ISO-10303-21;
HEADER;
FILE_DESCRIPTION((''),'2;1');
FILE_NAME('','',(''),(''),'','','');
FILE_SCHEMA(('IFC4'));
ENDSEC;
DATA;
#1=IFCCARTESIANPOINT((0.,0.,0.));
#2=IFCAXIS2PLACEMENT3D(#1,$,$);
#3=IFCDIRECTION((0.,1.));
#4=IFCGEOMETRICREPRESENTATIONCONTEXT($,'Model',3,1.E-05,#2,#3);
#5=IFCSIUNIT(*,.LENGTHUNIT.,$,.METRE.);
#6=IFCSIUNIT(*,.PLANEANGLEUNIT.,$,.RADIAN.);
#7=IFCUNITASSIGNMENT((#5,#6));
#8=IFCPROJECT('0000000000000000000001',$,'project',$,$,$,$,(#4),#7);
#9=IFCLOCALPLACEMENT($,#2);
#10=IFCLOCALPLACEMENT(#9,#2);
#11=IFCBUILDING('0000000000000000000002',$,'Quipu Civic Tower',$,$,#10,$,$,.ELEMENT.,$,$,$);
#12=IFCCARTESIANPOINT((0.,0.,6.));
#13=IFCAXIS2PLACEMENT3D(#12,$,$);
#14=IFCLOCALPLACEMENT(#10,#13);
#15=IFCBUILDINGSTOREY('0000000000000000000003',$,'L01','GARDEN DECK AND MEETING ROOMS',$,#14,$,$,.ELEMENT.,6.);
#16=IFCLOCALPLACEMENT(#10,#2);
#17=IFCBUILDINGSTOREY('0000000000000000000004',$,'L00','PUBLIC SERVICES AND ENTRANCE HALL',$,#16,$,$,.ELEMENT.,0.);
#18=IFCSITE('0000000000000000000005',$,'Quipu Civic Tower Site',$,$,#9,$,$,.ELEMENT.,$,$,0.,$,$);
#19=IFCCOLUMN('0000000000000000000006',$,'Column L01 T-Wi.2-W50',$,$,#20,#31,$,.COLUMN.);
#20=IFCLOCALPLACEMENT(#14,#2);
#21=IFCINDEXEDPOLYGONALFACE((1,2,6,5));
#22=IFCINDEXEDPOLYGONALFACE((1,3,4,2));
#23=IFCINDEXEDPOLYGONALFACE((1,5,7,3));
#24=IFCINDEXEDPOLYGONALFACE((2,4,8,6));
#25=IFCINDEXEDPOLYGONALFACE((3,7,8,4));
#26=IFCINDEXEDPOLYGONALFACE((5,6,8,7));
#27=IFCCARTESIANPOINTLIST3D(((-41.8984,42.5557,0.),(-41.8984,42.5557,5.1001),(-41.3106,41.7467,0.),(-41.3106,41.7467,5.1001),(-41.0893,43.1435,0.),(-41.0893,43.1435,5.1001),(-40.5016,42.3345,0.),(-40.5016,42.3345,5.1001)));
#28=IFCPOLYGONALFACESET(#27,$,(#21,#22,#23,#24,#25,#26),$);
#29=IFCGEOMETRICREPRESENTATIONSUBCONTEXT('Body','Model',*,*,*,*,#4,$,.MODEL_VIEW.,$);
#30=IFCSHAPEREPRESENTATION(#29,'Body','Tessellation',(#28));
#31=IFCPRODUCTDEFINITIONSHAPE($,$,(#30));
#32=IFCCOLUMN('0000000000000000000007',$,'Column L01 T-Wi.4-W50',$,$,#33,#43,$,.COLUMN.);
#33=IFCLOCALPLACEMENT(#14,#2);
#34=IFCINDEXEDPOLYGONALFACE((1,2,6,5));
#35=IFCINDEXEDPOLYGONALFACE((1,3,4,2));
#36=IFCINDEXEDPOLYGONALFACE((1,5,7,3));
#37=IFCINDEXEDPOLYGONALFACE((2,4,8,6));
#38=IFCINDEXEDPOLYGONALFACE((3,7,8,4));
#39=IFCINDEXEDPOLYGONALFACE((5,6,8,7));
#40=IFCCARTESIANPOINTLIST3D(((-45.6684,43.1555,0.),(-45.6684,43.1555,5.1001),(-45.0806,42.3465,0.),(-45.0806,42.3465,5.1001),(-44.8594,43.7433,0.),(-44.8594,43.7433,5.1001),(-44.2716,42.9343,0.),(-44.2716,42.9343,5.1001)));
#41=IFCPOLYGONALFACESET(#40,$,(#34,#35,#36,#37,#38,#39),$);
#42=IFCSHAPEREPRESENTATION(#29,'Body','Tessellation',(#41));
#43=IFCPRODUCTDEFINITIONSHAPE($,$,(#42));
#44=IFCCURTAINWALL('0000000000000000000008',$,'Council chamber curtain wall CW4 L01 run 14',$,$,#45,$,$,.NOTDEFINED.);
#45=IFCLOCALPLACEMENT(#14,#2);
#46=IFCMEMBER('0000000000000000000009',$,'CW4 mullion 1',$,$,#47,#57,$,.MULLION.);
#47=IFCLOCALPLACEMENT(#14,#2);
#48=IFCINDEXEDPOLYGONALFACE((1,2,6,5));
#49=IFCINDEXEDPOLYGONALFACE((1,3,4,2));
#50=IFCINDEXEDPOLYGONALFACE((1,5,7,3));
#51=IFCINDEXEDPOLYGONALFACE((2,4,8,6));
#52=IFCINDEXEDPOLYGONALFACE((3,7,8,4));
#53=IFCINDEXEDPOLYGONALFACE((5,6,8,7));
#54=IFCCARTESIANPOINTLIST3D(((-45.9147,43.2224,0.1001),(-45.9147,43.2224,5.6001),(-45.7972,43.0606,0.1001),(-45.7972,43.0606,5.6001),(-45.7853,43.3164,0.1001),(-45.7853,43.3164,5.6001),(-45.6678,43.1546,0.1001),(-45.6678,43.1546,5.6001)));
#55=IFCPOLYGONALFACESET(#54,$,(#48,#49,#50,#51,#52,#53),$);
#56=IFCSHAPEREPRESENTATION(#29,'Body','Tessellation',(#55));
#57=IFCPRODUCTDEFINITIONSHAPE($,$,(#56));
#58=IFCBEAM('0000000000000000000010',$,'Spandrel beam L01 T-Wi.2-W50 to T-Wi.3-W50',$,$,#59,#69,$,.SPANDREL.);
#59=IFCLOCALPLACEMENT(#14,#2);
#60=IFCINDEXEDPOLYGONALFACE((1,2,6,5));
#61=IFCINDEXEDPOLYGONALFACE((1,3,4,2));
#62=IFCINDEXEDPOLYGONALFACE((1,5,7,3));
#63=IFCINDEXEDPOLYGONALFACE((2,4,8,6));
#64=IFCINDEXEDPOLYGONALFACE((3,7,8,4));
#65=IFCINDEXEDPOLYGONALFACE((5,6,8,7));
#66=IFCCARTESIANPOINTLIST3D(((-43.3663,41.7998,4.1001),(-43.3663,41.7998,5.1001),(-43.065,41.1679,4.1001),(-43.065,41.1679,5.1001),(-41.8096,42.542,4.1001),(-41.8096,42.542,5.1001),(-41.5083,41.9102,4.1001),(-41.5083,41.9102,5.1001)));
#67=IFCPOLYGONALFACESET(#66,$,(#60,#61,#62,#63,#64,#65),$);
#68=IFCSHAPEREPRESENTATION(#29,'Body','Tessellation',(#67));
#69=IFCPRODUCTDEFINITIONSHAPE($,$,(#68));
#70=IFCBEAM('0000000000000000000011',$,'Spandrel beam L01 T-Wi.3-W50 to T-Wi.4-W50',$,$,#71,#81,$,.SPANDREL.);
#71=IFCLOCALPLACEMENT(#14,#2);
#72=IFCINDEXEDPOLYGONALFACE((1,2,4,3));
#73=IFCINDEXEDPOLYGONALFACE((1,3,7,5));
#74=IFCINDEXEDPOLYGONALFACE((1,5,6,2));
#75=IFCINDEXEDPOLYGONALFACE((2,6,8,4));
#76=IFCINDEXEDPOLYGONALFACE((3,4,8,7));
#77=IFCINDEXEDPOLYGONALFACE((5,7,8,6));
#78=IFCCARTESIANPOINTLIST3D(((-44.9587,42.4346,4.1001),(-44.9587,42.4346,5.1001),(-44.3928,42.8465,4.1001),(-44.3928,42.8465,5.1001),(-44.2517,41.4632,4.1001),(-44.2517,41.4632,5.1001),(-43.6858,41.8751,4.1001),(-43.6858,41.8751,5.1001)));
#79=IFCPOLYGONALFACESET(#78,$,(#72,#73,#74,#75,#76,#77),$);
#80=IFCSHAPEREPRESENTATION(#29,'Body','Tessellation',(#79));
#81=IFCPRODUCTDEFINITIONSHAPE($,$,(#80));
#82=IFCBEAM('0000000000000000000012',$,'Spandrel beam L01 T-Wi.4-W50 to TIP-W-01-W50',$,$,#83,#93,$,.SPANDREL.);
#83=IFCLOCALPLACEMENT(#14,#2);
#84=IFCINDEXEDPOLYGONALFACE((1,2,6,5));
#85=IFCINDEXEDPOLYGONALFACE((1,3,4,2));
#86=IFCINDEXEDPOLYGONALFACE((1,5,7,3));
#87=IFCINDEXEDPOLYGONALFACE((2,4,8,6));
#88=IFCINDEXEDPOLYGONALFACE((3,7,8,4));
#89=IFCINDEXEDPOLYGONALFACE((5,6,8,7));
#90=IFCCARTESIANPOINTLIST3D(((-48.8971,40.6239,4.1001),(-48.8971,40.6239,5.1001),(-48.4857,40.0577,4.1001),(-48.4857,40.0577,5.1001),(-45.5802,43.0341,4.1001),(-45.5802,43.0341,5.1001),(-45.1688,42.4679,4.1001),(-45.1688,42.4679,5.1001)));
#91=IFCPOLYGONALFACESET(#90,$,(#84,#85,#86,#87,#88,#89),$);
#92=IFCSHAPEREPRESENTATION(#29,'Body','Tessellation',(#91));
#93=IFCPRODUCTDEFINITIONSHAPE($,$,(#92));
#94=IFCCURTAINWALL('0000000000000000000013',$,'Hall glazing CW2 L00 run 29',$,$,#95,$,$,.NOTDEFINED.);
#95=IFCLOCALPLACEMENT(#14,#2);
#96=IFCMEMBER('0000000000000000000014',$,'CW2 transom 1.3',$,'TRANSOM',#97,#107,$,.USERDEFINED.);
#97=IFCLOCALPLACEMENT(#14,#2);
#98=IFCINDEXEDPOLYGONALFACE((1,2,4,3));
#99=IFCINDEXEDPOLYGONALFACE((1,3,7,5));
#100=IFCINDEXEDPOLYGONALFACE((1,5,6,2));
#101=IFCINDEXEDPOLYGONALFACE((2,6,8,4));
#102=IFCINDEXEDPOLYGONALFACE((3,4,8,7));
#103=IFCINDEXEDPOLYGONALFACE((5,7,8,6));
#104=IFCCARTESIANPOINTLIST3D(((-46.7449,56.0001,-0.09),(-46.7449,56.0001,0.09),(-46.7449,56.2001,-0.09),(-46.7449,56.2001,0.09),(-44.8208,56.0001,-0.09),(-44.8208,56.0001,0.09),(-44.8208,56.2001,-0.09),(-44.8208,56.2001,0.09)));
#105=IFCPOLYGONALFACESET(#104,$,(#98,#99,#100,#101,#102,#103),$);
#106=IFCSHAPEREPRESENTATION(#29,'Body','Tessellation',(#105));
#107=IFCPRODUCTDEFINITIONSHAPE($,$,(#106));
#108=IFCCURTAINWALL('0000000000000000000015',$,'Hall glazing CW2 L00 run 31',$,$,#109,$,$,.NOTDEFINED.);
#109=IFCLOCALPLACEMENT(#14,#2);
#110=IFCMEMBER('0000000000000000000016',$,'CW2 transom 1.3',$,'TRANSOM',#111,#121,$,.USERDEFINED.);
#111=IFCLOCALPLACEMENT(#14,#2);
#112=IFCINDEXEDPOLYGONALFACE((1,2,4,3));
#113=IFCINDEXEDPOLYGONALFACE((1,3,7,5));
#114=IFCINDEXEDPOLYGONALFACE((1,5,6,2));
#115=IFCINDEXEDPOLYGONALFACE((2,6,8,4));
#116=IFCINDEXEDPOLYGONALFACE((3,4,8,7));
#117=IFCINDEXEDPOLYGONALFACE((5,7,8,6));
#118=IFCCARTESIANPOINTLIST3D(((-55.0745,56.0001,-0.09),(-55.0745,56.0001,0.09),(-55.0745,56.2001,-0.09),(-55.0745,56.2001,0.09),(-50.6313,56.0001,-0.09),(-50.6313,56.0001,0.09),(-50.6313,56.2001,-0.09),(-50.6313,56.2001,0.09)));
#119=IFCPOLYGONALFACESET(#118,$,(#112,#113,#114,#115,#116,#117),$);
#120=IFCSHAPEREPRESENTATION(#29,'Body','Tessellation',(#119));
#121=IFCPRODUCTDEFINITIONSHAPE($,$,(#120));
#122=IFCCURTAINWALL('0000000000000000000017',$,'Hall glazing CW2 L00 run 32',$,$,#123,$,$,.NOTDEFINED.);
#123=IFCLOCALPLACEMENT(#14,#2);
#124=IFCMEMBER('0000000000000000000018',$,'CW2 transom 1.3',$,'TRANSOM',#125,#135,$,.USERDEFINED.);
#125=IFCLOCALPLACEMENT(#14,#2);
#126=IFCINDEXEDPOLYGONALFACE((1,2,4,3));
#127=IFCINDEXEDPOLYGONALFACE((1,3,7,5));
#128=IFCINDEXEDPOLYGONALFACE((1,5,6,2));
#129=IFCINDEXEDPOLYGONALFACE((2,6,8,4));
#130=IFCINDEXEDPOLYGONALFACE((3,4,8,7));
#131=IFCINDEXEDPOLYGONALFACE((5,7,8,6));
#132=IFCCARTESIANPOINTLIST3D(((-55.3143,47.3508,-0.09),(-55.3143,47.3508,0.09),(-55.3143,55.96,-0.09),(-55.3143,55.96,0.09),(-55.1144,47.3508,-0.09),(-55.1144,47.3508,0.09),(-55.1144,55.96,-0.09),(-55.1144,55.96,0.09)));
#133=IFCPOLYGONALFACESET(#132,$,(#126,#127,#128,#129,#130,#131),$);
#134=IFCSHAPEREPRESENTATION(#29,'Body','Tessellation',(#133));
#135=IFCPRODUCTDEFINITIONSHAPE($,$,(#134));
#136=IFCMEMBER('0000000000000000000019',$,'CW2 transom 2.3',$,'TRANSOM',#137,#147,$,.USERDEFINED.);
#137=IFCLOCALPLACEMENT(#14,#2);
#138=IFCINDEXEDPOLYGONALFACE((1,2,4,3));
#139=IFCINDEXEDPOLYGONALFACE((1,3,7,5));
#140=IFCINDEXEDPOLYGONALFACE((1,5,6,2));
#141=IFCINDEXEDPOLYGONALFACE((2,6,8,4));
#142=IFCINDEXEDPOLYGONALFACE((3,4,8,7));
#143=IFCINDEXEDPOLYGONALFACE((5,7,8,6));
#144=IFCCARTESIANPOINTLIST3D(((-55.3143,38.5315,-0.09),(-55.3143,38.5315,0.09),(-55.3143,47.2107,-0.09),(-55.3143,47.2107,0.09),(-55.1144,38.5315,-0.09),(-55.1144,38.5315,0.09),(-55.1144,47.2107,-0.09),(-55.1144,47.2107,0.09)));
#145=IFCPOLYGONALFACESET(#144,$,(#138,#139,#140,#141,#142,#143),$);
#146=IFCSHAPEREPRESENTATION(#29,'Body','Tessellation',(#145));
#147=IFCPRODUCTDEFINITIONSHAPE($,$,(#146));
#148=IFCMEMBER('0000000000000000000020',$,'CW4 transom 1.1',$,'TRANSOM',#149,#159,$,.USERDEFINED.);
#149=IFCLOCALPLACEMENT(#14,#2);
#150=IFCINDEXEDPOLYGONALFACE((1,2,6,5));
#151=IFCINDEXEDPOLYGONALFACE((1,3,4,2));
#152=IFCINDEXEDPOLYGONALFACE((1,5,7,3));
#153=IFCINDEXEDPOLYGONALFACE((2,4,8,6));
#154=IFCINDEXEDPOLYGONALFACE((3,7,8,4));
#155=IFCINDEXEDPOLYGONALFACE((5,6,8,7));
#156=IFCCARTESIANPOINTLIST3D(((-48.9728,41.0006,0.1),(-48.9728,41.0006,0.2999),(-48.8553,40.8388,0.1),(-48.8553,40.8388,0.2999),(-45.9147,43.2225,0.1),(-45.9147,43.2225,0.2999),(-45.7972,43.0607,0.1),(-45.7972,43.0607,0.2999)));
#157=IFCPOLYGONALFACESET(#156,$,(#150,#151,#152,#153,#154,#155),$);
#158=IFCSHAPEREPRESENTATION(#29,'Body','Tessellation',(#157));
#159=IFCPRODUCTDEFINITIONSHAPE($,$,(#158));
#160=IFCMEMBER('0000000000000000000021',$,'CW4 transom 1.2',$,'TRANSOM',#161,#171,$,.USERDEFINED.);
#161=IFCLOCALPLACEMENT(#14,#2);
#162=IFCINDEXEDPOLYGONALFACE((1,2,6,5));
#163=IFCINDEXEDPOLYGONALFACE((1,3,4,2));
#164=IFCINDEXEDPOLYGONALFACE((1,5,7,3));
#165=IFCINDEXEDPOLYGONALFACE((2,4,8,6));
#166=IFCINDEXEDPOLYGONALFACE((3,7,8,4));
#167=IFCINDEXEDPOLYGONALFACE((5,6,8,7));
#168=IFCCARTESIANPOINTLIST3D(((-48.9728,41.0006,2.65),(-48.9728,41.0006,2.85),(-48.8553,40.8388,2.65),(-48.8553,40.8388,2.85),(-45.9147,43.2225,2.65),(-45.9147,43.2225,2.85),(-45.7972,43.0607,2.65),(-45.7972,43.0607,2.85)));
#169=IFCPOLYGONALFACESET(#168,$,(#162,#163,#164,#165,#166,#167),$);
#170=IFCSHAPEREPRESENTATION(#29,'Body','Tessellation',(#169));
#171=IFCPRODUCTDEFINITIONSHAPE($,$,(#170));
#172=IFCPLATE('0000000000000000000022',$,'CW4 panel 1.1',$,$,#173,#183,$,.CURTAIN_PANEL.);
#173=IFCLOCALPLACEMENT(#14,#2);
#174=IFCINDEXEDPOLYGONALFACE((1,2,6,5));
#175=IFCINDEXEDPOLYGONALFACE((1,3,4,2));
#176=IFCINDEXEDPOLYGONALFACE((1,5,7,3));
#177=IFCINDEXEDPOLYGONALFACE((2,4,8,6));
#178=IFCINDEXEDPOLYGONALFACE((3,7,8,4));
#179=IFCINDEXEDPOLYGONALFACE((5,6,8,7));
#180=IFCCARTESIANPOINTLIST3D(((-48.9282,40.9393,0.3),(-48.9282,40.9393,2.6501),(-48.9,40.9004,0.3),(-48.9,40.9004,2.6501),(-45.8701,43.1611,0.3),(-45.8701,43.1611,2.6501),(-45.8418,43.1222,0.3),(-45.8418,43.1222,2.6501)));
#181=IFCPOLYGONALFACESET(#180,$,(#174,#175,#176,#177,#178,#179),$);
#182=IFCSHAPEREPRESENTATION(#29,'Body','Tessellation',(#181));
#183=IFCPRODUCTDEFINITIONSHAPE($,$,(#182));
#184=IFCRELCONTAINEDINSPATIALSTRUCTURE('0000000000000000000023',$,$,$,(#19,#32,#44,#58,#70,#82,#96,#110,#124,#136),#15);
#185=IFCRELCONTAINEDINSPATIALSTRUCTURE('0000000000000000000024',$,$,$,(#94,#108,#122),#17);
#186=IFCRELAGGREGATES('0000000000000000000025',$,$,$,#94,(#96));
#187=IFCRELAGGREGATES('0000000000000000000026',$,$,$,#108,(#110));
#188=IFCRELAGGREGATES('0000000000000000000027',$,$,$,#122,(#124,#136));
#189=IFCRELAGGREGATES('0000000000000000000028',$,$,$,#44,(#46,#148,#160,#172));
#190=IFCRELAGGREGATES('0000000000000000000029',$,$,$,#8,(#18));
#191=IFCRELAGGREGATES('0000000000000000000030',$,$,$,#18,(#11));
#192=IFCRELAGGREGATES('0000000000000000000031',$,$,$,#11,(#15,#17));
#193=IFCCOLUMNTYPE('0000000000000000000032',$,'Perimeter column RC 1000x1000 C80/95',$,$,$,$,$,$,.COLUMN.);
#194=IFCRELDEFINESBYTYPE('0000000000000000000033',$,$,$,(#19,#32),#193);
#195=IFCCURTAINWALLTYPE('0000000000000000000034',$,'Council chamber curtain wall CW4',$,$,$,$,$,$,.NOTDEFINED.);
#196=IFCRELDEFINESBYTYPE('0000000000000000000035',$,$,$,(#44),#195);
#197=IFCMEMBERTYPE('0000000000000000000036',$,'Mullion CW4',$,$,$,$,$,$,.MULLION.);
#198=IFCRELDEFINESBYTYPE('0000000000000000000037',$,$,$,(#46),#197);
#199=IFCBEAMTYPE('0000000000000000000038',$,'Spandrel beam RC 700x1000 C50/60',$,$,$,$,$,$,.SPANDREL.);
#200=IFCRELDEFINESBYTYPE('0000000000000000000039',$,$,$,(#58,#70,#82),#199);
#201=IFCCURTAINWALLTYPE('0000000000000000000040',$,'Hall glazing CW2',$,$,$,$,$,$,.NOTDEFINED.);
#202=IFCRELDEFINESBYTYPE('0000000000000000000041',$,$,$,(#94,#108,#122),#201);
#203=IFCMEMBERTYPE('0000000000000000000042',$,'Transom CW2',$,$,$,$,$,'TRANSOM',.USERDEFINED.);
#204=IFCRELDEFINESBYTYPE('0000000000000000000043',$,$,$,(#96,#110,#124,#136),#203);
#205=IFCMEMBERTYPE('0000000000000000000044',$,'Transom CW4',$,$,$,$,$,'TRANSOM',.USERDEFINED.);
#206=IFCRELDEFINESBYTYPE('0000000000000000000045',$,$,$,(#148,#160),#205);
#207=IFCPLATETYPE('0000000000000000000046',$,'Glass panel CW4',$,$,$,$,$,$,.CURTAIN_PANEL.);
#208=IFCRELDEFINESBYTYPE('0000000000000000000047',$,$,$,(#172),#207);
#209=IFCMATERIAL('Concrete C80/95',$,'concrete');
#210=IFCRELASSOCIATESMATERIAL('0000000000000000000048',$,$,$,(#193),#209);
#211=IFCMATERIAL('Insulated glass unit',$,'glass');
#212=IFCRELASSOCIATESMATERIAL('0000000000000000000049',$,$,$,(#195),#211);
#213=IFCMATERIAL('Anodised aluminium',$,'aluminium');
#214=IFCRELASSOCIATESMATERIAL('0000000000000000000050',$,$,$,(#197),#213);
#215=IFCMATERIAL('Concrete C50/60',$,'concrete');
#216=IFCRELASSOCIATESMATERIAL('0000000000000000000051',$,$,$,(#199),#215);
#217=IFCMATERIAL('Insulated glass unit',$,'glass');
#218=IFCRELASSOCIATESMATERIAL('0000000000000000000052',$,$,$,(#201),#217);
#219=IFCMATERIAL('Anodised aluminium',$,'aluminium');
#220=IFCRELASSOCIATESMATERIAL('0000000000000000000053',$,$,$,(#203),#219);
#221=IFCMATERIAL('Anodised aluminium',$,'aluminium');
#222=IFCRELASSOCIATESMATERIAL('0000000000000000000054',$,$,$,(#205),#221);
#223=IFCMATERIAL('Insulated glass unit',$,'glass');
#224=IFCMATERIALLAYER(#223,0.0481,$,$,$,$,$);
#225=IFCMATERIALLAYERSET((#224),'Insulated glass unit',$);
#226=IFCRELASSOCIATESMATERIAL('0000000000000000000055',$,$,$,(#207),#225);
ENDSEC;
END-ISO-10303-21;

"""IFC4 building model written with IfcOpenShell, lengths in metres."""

from ifc_helpers import new_model, si_unit, direction, frame, origin, origin_2d, place, context, subcontext, project, spatial, rectangle, extrude, material, layer, layer_set, material_profile, profile_set, type_object, element, aggregate, save


model = new_model("IFC4")

# Units and contexts
model_context = context("Model", 3, precision=1e-05, world=origin(), true_north=direction((0.0, 1.0)))
body_context = subcontext(model_context, "Body", "Model", "MODEL_VIEW")
ifc_project = project(units=[si_unit("LENGTHUNIT", "METRE"), si_unit("PLANEANGLEUNIT", "RADIAN")], contexts=[model_context])

# Site, building, storey
site_placement = place(None, origin())
site = spatial("IfcSite", under=ifc_project, at=site_placement, Name="Quipu Civic Tower Site", CompositionType="ELEMENT", RefElevation=0.0)
building_placement = place(site_placement, origin())
building = spatial("IfcBuilding", under=site, at=building_placement, Name="Quipu Civic Tower", CompositionType="ELEMENT")
storey_1_placement = place(building_placement, frame((0.0, 0.0, 6.0)))
storey_1 = spatial("IfcBuildingStorey", under=building, at=storey_1_placement, Name="L01", Description="GARDEN DECK AND MEETING ROOMS", CompositionType="ELEMENT", Elevation=6.0)

# Columns
ifc_material_1 = material(Name="Concrete C80/95", Category="concrete")
ifc_material_profile_1 = material_profile(ifc_material_1, rectangle(XDim=1.0, YDim=1.0, at=origin_2d()), Name="RC1000x1000")
ifc_profile_set_1 = profile_set([ifc_material_profile_1], Name="Concrete C80/95")
column_type = type_object("IfcColumnType", Name="Perimeter column RC 1000x1000 C80/95", PredefinedType="COLUMN", material=ifc_profile_set_1)
for number, where, z_axis, x_axis, name in (
    (1, (-41.2, 42.4451, 0.0), (0.0, 0.0, 1.0), (-0.587785, 0.809017, 0.0), "Column L01 T-Wi.2-W50"),
    (2, (-44.97, 43.0449, 0.0), (0.0, 0.0, 1.0), (-0.809017, -0.587785, 0.0), "Column L01 T-Wi.4-W50"),
):
    element("IfcColumn", number, at=place(storey_1_placement, frame(where, z_axis=z_axis, x_axis=x_axis)), inside=storey_1, type_object=column_type, Name=name, PredefinedType="COLUMN", context=body_context, shape_type="SweptSolid", body=[
        extrude(rectangle(XDim=1.0, YDim=1.0, at=origin_2d()), origin(), (0.0, 0.0, 1.0), 5.1001),
    ])

# Curtain wall, member
ifc_material_2 = material(Name="Insulated glass unit", Category="glass")
curtain_wall_type_1 = type_object("IfcCurtainWallType", Name="Council chamber curtain wall CW4", PredefinedType="NOTDEFINED", material=ifc_material_2)
curtain_wall_1_placement = place(storey_1_placement, origin())
curtain_wall_1 = element("IfcCurtainWall", 3, at=curtain_wall_1_placement, inside=storey_1, type_object=curtain_wall_type_1, Name="Council chamber curtain wall CW4 L01 run 14", PredefinedType="NOTDEFINED")
ifc_material_3 = material(Name="Anodised aluminium", Category="aluminium")
ifc_material_profile_2 = material_profile(ifc_material_3, rectangle(XDim=0.2, YDim=0.1599, at=origin_2d()), Name="RECT 200x160")
ifc_profile_set_2 = profile_set([ifc_material_profile_2], Name="Anodised aluminium")
member_type_1 = type_object("IfcMemberType", Name="Mullion CW4", PredefinedType="MULLION", material=ifc_profile_set_2)
member_1_placement = place(storey_1_placement, frame((-45.7913, 43.1885, 0.1001), z_axis=(0.0, 0.0, 1.0), x_axis=(0.587767, -0.80903, 0.0)))
member_1 = element("IfcMember", 4, at=member_1_placement, type_object=member_type_1, Name="CW4 mullion 1", PredefinedType="MULLION", context=body_context, shape_type="SweptSolid", body=[
    extrude(rectangle(XDim=0.2, YDim=0.1599, at=origin_2d()), origin(), (0.0, 0.0, 1.0), 5.5),
])

# Beams
ifc_material_4 = material(Name="Concrete C50/60", Category="concrete")
ifc_material_profile_3 = material_profile(ifc_material_4, rectangle(XDim=0.7, YDim=1.0, at=origin_2d()), Name="RC700x1000")
ifc_profile_set_3 = profile_set([ifc_material_profile_3], Name="Concrete C50/60")
beam_type = type_object("IfcBeamType", Name="Spandrel beam RC 700x1000 C50/60", PredefinedType="SPANDREL", material=ifc_profile_set_3)
beam_1_placement = place(storey_1_placement, frame((-41.6589, 42.2261, 4.6001), z_axis=(-0.902651, -0.430373, 0.0), x_axis=(0.430373, -0.902651, 0.0)))
element("IfcBeam", 5, at=beam_1_placement, inside=storey_1, type_object=beam_type, Name="Spandrel beam L01 T-Wi.2-W50 to T-Wi.3-W50", PredefinedType="SPANDREL", context=body_context, shape_type="SweptSolid", body=[
    extrude(rectangle(XDim=0.7, YDim=1.0, at=origin_2d()), origin(), (0.0, 0.0, 1.0), 1.7246),
])
beam_2_placement = place(storey_1_placement, frame((-43.9688, 41.6692, 4.6001), z_axis=(-0.588462, 0.808525, 0.0), x_axis=(-0.808525, -0.588462, 0.0)))
element("IfcBeam", 6, at=beam_2_placement, inside=storey_1, type_object=beam_type, Name="Spandrel beam L01 T-Wi.3-W50 to T-Wi.4-W50", PredefinedType="SPANDREL", context=body_context, shape_type="SweptSolid", body=[
    extrude(rectangle(XDim=0.7, YDim=1.0, at=origin_2d()), origin(), (0.0, 0.0, 1.0), 1.2014),
])
beam_3_placement = place(storey_1_placement, frame((-45.3745, 42.751, 4.6001), z_axis=(-0.808983, -0.587832, 0.0), x_axis=(0.587832, -0.808983, 0.0)))
element("IfcBeam", 7, at=beam_3_placement, inside=storey_1, type_object=beam_type, Name="Spandrel beam L01 T-Wi.4-W50 to TIP-W-01-W50", PredefinedType="SPANDREL", context=body_context, shape_type="SweptSolid", body=[
    extrude(rectangle(XDim=0.7, YDim=1.0, at=origin_2d()), origin(), (0.0, 0.0, 1.0), 4.1001),
])

# Shared definitions
storey_2_placement = place(building_placement, origin())
storey_2 = spatial("IfcBuildingStorey", under=building, at=storey_2_placement, Name="L00", Description="PUBLIC SERVICES AND ENTRANCE HALL", CompositionType="ELEMENT", Elevation=0.0)

# Curtain walls, members
ifc_material_5 = material(Name="Insulated glass unit", Category="glass")
curtain_wall_type_2 = type_object("IfcCurtainWallType", Name="Hall glazing CW2", PredefinedType="NOTDEFINED", material=ifc_material_5)
curtain_wall_2_placement = place(storey_2_placement, origin())
curtain_wall_2 = element("IfcCurtainWall", 8, at=curtain_wall_2_placement, inside=storey_2, type_object=curtain_wall_type_2, Name="Hall glazing CW2 L00 run 29", PredefinedType="NOTDEFINED")
ifc_material_6 = material(Name="Anodised aluminium", Category="aluminium")
ifc_material_profile_4 = material_profile(ifc_material_6, rectangle(XDim=0.2, YDim=0.1799, at=origin_2d()), Name="RECT 200x180")
ifc_profile_set_4 = profile_set([ifc_material_profile_4], Name="Anodised aluminium")
member_type_2 = type_object("IfcMemberType", Name="Transom CW2", ElementType="TRANSOM", PredefinedType="USERDEFINED", material=ifc_profile_set_4)
member_2_placement = place(storey_1_placement, frame((-44.8208, 56.1001, 0.0), z_axis=(-1.0, 0.0, 0.0), x_axis=(0.0, -1.0, 0.0)))
member_2 = element("IfcMember", 9, at=member_2_placement, inside=storey_1, type_object=member_type_2, Name="CW2 transom 1.3", ObjectType="TRANSOM", PredefinedType="USERDEFINED", context=body_context, shape_type="SweptSolid", body=[
    extrude(rectangle(XDim=0.2, YDim=0.1799, at=origin_2d()), origin(), (0.0, 0.0, 1.0), 1.9241),
])
aggregate(curtain_wall_2, [member_2])
curtain_wall_3_placement = place(storey_2_placement, origin())
curtain_wall_3 = element("IfcCurtainWall", 10, at=curtain_wall_3_placement, inside=storey_2, type_object=curtain_wall_type_2, Name="Hall glazing CW2 L00 run 31", PredefinedType="NOTDEFINED")
member_3_placement = place(storey_1_placement, frame((-50.6313, 56.1001, 0.0), z_axis=(-1.0, 0.0, 0.0), x_axis=(0.0, -1.0, 0.0)))
member_3 = element("IfcMember", 11, at=member_3_placement, inside=storey_1, type_object=member_type_2, Name="CW2 transom 1.3", ObjectType="TRANSOM", PredefinedType="USERDEFINED", context=body_context, shape_type="SweptSolid", body=[
    extrude(rectangle(XDim=0.2, YDim=0.1799, at=origin_2d()), origin(), (0.0, 0.0, 1.0), 4.4431),
])
aggregate(curtain_wall_3, [member_3])

# Curtain wall, members
curtain_wall_4_placement = place(storey_2_placement, origin())
curtain_wall_4 = element("IfcCurtainWall", 12, at=curtain_wall_4_placement, inside=storey_2, type_object=curtain_wall_type_2, Name="Hall glazing CW2 L00 run 32", PredefinedType="NOTDEFINED")
member_4_placement = place(storey_1_placement, frame((-55.2144, 55.96, 0.0), z_axis=(0.0, -1.0, 0.0), x_axis=(1.0, 0.0, 0.0)))
member_4 = element("IfcMember", 13, at=member_4_placement, inside=storey_1, type_object=member_type_2, Name="CW2 transom 1.3", ObjectType="TRANSOM", PredefinedType="USERDEFINED", context=body_context, shape_type="SweptSolid", body=[
    extrude(rectangle(XDim=0.2, YDim=0.1799, at=origin_2d()), origin(), (0.0, 0.0, 1.0), 8.6091),
])
member_5_placement = place(storey_1_placement, frame((-55.2144, 47.2107, 0.0), z_axis=(0.0, -1.0, 0.0), x_axis=(1.0, 0.0, 0.0)))
member_5 = element("IfcMember", 14, at=member_5_placement, inside=storey_1, type_object=member_type_2, Name="CW2 transom 2.3", ObjectType="TRANSOM", PredefinedType="USERDEFINED", context=body_context, shape_type="SweptSolid", body=[
    extrude(rectangle(XDim=0.2, YDim=0.1799, at=origin_2d()), origin(), (0.0, 0.0, 1.0), 8.6792),
])
aggregate(curtain_wall_4, [member_4, member_5])

# Members
ifc_material_7 = material(Name="Anodised aluminium", Category="aluminium")
ifc_material_profile_5 = material_profile(ifc_material_7, rectangle(XDim=0.2, YDim=0.2, at=origin_2d()), Name="RECT 200x200")
ifc_profile_set_5 = profile_set([ifc_material_profile_5], Name="Anodised aluminium")
member_type_3 = type_object("IfcMemberType", Name="Transom CW4", ElementType="TRANSOM", PredefinedType="USERDEFINED", material=ifc_profile_set_5)
member_6_placement = place(storey_1_placement, frame((-45.856, 43.1416, 0.2), z_axis=(-0.809007, -0.587799, 0.0), x_axis=(0.587799, -0.809007, 0.0)))
member_6 = element("IfcMember", 15, at=member_6_placement, type_object=member_type_3, Name="CW4 transom 1.1", ObjectType="TRANSOM", PredefinedType="USERDEFINED", context=body_context, shape_type="SweptSolid", body=[
    extrude(rectangle(XDim=0.2, YDim=0.2, at=origin_2d()), origin(), (0.0, 0.0, 1.0), 3.78),
])
member_7_placement = place(storey_1_placement, frame((-45.856, 43.1416, 2.75), z_axis=(-0.809007, -0.587799, 0.0), x_axis=(0.587799, -0.809007, 0.0)))
member_7 = element("IfcMember", 16, at=member_7_placement, type_object=member_type_3, Name="CW4 transom 1.2", ObjectType="TRANSOM", PredefinedType="USERDEFINED", context=body_context, shape_type="SweptSolid", body=[
    extrude(rectangle(XDim=0.2, YDim=0.2, at=origin_2d()), origin(), (0.0, 0.0, 1.0), 3.78),
])

# Plate
ifc_material_8 = material(Name="Insulated glass unit", Category="glass")
ifc_layer = layer(ifc_material_8, 0.0481)
ifc_layer_set = layer_set([ifc_layer], Name="Insulated glass unit")
plate_type_1 = type_object("IfcPlateType", Name="Glass panel CW4", PredefinedType="CURTAIN_PANEL", material=ifc_layer_set)
plate_1_placement = place(storey_1_placement, frame((-47.385, 42.0308, 0.3), z_axis=(0.0, 0.0, 1.0), x_axis=(-0.80903, -0.587767, 0.0)))
plate_1 = element("IfcPlate", 17, at=plate_1_placement, type_object=plate_type_1, Name="CW4 panel 1.1", PredefinedType="CURTAIN_PANEL", context=body_context, shape_type="SweptSolid", body=[
    extrude(rectangle(XDim=3.78, YDim=0.0481, at=origin_2d()), origin(), (0.0, 0.0, 1.0), 2.3501),
])
aggregate(curtain_wall_1, [member_1, member_6, member_7, plate_1])

save(model, "model.ifc")
